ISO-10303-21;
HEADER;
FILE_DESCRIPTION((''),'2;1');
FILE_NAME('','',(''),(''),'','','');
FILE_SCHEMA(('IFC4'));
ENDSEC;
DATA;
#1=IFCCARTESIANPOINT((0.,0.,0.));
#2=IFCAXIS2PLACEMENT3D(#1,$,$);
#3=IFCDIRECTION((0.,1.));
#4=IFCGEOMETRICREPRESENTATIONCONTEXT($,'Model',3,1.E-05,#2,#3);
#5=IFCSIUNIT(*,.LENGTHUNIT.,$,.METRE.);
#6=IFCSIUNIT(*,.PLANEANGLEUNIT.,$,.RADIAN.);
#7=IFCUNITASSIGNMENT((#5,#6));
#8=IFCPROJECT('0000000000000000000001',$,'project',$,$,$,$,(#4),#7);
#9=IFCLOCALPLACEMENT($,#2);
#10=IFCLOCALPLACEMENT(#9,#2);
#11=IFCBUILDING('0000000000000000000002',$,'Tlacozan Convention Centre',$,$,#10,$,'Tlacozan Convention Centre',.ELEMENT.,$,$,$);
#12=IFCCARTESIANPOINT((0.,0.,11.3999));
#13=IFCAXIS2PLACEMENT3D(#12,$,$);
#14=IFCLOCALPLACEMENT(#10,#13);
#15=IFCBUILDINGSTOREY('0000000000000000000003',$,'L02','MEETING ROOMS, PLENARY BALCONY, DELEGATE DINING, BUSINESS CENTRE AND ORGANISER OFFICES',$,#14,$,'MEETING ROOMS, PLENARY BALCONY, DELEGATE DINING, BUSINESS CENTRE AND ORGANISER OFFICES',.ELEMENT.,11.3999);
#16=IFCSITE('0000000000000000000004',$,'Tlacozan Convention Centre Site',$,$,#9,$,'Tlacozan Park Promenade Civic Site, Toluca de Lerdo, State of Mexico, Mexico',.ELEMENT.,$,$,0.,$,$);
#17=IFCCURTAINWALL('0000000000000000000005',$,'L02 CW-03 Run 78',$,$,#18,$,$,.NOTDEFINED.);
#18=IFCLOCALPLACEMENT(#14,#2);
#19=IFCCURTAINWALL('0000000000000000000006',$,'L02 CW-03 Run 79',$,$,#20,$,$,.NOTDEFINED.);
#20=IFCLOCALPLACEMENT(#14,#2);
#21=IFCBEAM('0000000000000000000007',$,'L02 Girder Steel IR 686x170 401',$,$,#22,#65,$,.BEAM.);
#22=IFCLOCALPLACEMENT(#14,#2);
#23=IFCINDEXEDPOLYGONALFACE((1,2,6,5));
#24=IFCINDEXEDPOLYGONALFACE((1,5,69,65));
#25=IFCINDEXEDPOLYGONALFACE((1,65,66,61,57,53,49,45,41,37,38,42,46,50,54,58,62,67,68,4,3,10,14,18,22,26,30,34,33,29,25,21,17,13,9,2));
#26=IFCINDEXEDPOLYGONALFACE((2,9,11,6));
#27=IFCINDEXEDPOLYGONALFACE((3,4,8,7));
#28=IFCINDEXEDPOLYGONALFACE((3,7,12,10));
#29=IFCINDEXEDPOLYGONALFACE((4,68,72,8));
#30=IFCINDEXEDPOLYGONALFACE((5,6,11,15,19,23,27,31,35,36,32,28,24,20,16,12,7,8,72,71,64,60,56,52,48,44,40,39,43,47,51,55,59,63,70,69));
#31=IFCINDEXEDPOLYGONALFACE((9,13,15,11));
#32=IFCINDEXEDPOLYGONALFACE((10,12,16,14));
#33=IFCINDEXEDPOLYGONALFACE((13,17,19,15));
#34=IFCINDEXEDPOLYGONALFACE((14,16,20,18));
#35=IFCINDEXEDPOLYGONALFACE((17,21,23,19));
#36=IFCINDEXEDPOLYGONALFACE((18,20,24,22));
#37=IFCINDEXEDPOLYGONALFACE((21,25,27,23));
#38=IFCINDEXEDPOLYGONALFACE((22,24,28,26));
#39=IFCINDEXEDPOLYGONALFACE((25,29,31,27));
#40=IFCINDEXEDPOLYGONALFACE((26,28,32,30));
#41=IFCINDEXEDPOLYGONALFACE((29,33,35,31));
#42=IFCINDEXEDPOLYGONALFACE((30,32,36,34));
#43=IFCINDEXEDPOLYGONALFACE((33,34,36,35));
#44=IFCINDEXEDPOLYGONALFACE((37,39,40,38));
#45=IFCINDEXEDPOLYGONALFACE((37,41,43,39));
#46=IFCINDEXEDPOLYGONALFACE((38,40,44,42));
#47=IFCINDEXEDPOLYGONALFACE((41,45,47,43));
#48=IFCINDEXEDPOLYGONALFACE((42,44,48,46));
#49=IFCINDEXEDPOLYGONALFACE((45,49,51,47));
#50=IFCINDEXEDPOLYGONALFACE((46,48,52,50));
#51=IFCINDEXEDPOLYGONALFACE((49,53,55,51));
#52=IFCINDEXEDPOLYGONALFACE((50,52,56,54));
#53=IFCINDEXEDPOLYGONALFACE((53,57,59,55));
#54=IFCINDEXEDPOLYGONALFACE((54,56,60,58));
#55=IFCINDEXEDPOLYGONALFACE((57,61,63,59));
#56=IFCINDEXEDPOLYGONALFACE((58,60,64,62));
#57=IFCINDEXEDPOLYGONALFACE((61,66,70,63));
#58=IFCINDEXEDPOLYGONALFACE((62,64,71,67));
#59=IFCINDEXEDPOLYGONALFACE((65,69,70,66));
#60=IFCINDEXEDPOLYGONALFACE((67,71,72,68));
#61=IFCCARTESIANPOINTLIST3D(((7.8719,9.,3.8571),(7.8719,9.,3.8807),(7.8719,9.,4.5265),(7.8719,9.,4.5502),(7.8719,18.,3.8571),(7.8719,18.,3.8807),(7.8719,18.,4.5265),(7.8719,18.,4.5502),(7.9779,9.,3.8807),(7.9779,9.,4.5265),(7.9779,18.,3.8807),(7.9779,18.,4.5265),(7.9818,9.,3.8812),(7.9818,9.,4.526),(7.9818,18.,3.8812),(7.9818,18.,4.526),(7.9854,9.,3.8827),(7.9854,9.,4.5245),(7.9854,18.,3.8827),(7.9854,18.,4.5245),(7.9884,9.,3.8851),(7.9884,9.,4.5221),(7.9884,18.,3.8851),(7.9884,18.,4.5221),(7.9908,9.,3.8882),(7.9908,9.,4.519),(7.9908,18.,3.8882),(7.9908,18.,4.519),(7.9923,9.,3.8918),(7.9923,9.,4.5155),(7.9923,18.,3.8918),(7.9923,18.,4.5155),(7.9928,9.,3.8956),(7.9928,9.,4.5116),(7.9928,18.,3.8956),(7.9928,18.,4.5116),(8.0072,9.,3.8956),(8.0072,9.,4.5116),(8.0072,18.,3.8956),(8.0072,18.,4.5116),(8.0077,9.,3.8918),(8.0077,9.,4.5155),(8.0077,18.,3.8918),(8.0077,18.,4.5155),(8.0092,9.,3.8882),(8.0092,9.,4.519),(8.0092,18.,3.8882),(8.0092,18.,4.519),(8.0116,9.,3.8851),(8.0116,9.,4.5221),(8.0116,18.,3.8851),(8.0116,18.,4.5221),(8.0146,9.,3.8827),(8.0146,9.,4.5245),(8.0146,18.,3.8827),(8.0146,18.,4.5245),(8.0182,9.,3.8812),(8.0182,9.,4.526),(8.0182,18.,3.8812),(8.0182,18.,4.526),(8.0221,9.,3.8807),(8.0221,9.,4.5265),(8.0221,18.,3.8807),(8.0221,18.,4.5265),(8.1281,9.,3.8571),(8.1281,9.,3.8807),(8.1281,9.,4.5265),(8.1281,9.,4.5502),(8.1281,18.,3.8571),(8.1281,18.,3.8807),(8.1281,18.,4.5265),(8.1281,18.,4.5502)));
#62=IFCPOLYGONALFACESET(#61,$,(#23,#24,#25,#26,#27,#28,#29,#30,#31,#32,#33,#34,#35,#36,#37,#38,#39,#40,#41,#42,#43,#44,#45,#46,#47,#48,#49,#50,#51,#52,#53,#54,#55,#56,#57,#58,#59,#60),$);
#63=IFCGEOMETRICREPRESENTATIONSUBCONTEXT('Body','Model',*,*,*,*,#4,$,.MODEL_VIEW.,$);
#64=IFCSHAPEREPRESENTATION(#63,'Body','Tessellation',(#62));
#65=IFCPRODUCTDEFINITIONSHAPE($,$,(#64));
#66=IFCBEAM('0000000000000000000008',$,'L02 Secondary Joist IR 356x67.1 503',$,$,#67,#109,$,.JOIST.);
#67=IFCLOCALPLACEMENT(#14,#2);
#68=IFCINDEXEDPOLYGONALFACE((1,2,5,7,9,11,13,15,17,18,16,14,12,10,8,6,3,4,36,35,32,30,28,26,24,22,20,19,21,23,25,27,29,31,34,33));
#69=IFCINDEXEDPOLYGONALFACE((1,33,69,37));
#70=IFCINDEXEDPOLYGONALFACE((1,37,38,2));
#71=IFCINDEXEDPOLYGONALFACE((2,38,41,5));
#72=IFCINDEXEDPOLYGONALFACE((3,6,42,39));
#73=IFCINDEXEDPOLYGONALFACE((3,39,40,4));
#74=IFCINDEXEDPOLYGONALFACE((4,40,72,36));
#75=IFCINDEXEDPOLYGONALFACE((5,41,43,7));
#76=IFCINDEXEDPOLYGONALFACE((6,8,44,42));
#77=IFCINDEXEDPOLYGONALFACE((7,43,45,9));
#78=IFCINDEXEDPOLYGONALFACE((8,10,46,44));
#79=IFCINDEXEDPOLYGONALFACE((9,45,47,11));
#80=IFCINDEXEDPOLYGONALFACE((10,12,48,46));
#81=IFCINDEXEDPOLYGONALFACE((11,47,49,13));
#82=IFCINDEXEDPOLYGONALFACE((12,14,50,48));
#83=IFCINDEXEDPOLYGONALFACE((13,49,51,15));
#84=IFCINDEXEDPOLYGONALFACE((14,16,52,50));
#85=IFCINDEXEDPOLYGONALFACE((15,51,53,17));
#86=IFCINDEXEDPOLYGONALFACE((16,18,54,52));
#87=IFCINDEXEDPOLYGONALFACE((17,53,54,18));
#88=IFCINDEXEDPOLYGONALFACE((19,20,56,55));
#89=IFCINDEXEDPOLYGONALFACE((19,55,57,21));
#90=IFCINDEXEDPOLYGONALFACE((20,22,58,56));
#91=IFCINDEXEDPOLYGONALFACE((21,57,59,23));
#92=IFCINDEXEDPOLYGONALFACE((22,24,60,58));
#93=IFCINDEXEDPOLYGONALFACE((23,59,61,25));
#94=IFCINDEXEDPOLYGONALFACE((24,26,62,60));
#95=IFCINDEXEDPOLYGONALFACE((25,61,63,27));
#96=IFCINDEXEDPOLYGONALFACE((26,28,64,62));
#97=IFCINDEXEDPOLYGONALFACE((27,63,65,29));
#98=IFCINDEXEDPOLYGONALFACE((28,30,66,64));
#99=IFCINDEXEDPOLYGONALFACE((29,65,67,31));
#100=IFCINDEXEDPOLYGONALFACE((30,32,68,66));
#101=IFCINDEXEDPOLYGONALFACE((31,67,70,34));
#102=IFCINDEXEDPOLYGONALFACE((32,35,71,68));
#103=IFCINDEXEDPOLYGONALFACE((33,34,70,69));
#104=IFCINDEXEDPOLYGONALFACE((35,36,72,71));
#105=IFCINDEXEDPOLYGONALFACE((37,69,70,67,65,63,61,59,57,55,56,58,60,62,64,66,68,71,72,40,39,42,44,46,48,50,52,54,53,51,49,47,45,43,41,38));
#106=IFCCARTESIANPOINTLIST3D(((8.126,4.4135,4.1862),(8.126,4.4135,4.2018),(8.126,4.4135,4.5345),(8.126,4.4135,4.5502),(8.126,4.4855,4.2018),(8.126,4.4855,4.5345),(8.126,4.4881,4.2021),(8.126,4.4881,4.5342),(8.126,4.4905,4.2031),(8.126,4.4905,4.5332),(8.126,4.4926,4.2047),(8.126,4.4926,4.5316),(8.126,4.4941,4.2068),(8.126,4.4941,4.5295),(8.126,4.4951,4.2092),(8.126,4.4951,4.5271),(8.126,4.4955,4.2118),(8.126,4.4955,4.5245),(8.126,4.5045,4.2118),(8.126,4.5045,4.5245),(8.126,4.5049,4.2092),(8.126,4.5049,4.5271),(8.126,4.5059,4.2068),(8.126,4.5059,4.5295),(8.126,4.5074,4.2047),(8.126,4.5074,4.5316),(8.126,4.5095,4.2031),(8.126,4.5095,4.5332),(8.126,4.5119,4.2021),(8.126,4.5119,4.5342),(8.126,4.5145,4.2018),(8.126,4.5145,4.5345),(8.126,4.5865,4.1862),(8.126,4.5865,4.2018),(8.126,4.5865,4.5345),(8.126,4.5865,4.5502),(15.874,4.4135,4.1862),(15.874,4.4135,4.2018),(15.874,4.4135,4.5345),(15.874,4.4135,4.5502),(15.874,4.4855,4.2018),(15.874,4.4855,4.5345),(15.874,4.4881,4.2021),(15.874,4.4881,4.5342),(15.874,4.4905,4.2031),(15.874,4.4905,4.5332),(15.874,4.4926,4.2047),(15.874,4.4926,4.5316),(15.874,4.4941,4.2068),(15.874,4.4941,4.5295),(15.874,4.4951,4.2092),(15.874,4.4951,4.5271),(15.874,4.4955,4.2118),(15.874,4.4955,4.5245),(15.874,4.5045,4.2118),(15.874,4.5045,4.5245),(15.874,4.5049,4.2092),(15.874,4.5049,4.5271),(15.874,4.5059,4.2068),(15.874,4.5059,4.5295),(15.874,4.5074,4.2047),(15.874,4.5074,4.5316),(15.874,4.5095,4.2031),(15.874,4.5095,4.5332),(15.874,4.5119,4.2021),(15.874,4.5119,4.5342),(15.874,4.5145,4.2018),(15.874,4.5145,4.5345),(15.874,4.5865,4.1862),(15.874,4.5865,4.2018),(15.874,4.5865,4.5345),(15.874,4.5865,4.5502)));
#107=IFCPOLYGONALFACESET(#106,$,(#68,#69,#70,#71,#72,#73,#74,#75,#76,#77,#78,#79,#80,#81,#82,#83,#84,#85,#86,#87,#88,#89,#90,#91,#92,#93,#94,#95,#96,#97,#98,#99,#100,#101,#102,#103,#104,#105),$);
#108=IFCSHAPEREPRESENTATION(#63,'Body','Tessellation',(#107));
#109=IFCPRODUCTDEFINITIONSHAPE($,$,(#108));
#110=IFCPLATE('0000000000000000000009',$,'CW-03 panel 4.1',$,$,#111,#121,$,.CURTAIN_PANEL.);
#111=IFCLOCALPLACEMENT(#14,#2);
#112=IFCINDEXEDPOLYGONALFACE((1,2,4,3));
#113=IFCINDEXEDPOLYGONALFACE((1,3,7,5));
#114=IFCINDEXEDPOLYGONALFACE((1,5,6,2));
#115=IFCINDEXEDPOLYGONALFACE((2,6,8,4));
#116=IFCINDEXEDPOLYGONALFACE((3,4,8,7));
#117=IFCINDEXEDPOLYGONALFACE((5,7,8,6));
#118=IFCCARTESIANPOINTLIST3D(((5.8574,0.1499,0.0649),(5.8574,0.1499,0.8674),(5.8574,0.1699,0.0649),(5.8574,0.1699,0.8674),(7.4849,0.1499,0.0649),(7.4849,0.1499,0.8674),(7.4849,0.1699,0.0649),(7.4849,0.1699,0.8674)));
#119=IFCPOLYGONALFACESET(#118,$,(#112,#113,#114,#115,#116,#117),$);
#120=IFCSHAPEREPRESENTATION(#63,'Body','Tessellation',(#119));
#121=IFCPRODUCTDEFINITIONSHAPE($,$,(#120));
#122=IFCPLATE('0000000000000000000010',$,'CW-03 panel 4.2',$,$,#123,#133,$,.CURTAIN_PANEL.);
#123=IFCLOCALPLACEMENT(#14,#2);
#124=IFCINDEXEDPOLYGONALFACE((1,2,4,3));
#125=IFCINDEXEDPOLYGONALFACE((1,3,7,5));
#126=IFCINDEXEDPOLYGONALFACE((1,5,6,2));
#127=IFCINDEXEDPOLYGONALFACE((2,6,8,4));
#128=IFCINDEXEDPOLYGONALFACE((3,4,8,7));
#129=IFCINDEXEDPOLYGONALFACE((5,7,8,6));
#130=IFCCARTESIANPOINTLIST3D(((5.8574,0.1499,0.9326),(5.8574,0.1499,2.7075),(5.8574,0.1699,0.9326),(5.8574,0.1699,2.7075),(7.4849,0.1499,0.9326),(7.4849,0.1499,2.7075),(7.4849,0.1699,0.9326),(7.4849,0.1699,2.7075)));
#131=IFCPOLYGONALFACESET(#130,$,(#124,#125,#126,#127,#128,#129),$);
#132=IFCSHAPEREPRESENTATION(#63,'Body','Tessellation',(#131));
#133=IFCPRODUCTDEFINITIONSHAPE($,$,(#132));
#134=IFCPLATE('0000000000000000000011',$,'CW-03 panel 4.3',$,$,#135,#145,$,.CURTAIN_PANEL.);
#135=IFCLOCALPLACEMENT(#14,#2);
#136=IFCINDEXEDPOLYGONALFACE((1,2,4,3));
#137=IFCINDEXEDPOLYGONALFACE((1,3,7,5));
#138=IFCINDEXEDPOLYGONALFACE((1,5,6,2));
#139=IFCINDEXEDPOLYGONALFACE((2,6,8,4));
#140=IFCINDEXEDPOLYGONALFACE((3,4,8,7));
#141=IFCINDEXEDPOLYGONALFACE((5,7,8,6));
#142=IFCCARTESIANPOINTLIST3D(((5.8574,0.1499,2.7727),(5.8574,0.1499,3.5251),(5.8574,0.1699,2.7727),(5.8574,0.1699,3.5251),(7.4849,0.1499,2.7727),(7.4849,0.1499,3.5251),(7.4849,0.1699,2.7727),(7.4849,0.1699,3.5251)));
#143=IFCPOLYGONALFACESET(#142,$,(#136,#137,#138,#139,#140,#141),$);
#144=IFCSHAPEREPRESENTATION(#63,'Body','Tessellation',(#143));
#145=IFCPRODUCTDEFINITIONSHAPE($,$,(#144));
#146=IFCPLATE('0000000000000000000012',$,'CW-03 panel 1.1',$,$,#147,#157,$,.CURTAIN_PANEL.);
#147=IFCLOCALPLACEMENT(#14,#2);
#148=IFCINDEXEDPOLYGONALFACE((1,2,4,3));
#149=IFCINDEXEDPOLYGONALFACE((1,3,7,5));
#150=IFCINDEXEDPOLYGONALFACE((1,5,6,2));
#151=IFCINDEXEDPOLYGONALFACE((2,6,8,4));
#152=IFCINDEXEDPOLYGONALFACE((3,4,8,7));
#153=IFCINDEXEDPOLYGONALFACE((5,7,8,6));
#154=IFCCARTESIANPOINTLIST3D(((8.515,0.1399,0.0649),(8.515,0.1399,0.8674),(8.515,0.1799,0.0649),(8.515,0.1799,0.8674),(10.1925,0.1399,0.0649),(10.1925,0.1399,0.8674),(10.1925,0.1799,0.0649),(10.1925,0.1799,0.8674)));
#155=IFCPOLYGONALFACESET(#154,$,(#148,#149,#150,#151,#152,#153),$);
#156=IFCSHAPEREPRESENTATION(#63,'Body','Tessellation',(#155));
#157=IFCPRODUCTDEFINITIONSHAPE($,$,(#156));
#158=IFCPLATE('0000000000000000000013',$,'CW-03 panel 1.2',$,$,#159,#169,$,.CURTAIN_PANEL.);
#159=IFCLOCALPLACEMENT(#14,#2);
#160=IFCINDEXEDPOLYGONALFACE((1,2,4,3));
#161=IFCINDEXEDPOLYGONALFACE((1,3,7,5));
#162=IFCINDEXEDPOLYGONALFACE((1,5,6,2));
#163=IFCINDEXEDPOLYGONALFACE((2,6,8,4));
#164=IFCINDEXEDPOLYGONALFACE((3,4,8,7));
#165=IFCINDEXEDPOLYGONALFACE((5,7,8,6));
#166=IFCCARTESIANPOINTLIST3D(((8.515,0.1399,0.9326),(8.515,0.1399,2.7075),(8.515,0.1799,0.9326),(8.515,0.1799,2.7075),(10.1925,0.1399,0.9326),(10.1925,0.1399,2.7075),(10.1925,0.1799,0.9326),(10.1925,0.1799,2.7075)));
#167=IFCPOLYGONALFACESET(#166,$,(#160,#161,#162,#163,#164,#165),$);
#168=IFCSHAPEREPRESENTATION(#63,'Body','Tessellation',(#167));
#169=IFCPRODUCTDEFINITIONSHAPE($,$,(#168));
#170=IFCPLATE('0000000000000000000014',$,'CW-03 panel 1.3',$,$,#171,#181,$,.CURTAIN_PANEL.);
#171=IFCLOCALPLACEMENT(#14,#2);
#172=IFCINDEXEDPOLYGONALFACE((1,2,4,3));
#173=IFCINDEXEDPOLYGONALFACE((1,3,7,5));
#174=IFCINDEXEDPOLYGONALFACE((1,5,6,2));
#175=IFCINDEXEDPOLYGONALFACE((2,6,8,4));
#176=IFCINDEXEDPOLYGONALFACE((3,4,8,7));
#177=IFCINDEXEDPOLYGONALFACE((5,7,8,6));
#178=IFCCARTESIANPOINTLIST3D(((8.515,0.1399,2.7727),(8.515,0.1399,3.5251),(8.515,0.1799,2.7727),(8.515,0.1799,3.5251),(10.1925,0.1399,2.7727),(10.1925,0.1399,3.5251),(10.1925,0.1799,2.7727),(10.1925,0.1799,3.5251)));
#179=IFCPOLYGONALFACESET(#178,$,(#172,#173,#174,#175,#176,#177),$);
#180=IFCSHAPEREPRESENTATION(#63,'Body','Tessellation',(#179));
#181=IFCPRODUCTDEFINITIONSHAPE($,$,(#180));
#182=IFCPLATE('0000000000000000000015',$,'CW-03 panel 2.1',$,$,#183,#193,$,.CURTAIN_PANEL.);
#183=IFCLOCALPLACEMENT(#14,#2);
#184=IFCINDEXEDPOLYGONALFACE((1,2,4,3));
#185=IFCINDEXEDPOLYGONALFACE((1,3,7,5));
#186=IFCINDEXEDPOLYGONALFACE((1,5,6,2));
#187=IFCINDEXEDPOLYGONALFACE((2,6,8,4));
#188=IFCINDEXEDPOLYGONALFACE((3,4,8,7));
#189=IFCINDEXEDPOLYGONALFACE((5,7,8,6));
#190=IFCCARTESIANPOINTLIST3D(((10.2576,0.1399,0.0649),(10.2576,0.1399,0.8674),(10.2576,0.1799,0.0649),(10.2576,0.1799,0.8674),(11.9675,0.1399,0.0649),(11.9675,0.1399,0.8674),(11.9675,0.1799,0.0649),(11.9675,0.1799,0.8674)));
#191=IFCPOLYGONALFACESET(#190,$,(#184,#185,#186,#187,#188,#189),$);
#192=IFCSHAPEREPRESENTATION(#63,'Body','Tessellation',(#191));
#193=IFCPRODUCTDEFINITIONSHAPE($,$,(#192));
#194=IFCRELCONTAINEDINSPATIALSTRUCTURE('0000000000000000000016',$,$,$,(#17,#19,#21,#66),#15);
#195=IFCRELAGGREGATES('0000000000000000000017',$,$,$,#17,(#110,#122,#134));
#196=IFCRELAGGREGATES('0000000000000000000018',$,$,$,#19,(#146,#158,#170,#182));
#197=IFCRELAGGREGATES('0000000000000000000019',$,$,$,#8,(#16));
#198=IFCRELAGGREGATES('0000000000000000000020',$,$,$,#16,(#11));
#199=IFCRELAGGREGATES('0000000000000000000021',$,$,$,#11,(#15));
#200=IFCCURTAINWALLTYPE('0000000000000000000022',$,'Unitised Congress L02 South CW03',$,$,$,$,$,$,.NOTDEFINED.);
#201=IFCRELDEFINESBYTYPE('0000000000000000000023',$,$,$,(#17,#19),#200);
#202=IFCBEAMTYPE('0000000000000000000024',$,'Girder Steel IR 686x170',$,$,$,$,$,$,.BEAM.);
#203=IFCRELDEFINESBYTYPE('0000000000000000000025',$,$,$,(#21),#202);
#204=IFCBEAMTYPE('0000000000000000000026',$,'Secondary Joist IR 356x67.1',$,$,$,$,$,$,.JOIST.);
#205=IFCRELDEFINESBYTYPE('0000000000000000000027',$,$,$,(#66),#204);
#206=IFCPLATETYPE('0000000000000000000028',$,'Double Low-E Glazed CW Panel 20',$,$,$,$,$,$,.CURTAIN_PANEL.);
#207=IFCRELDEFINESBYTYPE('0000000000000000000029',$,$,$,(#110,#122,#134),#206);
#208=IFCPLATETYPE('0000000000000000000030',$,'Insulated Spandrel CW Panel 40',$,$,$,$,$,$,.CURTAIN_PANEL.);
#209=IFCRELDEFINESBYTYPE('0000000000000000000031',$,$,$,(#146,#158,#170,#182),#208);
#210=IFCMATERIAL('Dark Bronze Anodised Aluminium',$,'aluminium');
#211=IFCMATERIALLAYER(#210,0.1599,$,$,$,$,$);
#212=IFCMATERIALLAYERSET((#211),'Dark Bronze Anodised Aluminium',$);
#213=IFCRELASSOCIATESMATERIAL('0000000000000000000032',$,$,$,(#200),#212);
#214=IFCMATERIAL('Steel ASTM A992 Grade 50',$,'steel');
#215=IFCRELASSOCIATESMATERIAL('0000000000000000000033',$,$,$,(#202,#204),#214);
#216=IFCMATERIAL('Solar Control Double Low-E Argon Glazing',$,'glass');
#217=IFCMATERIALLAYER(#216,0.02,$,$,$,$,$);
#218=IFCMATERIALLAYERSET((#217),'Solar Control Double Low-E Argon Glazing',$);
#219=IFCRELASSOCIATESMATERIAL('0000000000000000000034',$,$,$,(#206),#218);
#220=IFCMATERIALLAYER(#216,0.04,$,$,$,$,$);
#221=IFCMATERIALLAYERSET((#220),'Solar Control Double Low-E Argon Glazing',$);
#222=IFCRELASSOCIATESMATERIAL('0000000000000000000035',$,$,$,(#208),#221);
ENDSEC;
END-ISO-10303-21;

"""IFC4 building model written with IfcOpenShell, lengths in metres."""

from ifc_helpers import new_model, si_unit, direction, frame, origin, origin_2d, place, context, subcontext, project, spatial, rectangle, i_section, extrude, material, layer, layer_set, material_profile, profile_set, type_object, element, aggregate, save


model = new_model("IFC4")

# Units and contexts
model_context = context("Model", 3, precision=1e-05, world=origin(), true_north=direction((0.0, 1.0)))
body_context = subcontext(model_context, "Body", "Model", "MODEL_VIEW")
ifc_project = project(units=[si_unit("LENGTHUNIT", "METRE"), si_unit("PLANEANGLEUNIT", "RADIAN")], contexts=[model_context])

# Site, building, storey
site_placement = place(None, origin())
site = spatial("IfcSite", under=ifc_project, at=site_placement, Name="Tlacozan Convention Centre Site", LongName="Tlacozan Park Promenade Civic Site, Toluca de Lerdo, State of Mexico, Mexico", CompositionType="ELEMENT", RefElevation=0.0)
building_placement = place(site_placement, origin())
building = spatial("IfcBuilding", under=site, at=building_placement, Name="Tlacozan Convention Centre", LongName="Tlacozan Convention Centre", CompositionType="ELEMENT")
storey_placement = place(building_placement, frame((0.0, 0.0, 11.3999)))
storey = spatial("IfcBuildingStorey", under=building, at=storey_placement, Name="L02", Description="MEETING ROOMS, PLENARY BALCONY, DELEGATE DINING, BUSINESS CENTRE AND ORGANISER OFFICES", LongName="MEETING ROOMS, PLENARY BALCONY, DELEGATE DINING, BUSINESS CENTRE AND ORGANISER OFFICES", CompositionType="ELEMENT", Elevation=11.3999)

# Shared definitions
ifc_material_1 = material(Name="Steel ASTM A992 Grade 50", Category="steel")

# Curtain wall
ifc_material_2 = material(Name="Dark Bronze Anodised Aluminium", Category="aluminium")
ifc_layer_1 = layer(ifc_material_2, 0.1599)
ifc_layer_set_1 = layer_set([ifc_layer_1], Name="Dark Bronze Anodised Aluminium")
curtain_wall_type = type_object("IfcCurtainWallType", Name="Unitised Congress L02 South CW03", PredefinedType="NOTDEFINED", material=ifc_layer_set_1)
curtain_wall_1_placement = place(storey_placement, origin())
curtain_wall_1 = element("IfcCurtainWall", 1, at=curtain_wall_1_placement, inside=storey, type_object=curtain_wall_type, Name="L02 CW-03 Run 78", PredefinedType="NOTDEFINED")

# Curtain wall
curtain_wall_2_placement = place(storey_placement, origin())
curtain_wall_2 = element("IfcCurtainWall", 2, at=curtain_wall_2_placement, inside=storey, type_object=curtain_wall_type, Name="L02 CW-03 Run 79", PredefinedType="NOTDEFINED")

# Beams
ifc_material_profile_1 = material_profile(ifc_material_1, i_section(OverallWidth=0.2561, OverallDepth=0.6931, WebThickness=0.0144, FlangeThickness=0.0237, FilletRadius=0.0149, at=origin_2d()), Name="IR 686x170.0")
ifc_profile_set_1 = profile_set([ifc_material_profile_1], Name="Steel ASTM A992 Grade 50")
beam_type_1 = type_object("IfcBeamType", Name="Girder Steel IR 686x170", PredefinedType="BEAM", material=ifc_profile_set_1)
for number, where, z_axis, x_axis, name in (
    (3, (8.0, 9.0, 4.2036), (0.0, 1.0, 0.0), (-1.0, 0.0, 0.0), "L02 Girder Steel IR 686x170 401"),
):
    element("IfcBeam", number, at=place(storey_placement, frame(where, z_axis=z_axis, x_axis=x_axis)), inside=storey, type_object=beam_type_1, Name=name, PredefinedType="BEAM", context=body_context, shape_type="SweptSolid", body=[
        extrude(i_section(OverallWidth=0.2561, OverallDepth=0.6931, WebThickness=0.0144, FlangeThickness=0.0237, FilletRadius=0.0149, at=origin_2d()), origin(), (0.0, 0.0, 1.0), 9.0),
    ])
ifc_material_profile_2 = material_profile(ifc_material_1, i_section(OverallWidth=0.1731, OverallDepth=0.364, WebThickness=0.009, FlangeThickness=0.0156, FilletRadius=0.01, at=origin_2d()), Name="IR 356x67.1")
ifc_profile_set_2 = profile_set([ifc_material_profile_2], Name="Steel ASTM A992 Grade 50")
beam_type_2 = type_object("IfcBeamType", Name="Secondary Joist IR 356x67.1", PredefinedType="JOIST", material=ifc_profile_set_2)
beam_placement = place(storey_placement, frame((8.126, 4.5, 4.3682), z_axis=(1.0, 0.0, 0.0), x_axis=(0.0, 1.0, 0.0)))
element("IfcBeam", 4, at=beam_placement, inside=storey, type_object=beam_type_2, Name="L02 Secondary Joist IR 356x67.1 503", PredefinedType="JOIST", context=body_context, shape_type="SweptSolid", body=[
    extrude(i_section(OverallWidth=0.1731, OverallDepth=0.364, WebThickness=0.009, FlangeThickness=0.0156, FilletRadius=0.01, at=origin_2d()), origin(), (0.0, 0.0, 1.0), 7.748),
])

# Plates
ifc_material_3 = material(Name="Solar Control Double Low-E Argon Glazing", Category="glass")
ifc_layer_2 = layer(ifc_material_3, 0.02)
ifc_layer_set_2 = layer_set([ifc_layer_2], Name="Solar Control Double Low-E Argon Glazing")
plate_type_1 = type_object("IfcPlateType", Name="Double Low-E Glazed CW Panel 20", PredefinedType="CURTAIN_PANEL", material=ifc_layer_set_2)
plate_1_placement = place(storey_placement, frame((6.6711, 0.1599, 0.0649), z_axis=(0.0, 0.0, 1.0), x_axis=(1.0, 0.0, 0.0)))
plate_1 = element("IfcPlate", 5, at=plate_1_placement, type_object=plate_type_1, Name="CW-03 panel 4.1", PredefinedType="CURTAIN_PANEL", context=body_context, shape_type="SweptSolid", body=[
    extrude(rectangle(XDim=1.6274, YDim=0.02, at=origin_2d()), origin(), (0.0, 0.0, 1.0), 0.8025),
])
plate_2_placement = place(storey_placement, frame((6.6711, 0.1599, 0.9326), z_axis=(0.0, 0.0, 1.0), x_axis=(1.0, 0.0, 0.0)))
plate_2 = element("IfcPlate", 6, at=plate_2_placement, type_object=plate_type_1, Name="CW-03 panel 4.2", PredefinedType="CURTAIN_PANEL", context=body_context, shape_type="SweptSolid", body=[
    extrude(rectangle(XDim=1.6274, YDim=0.02, at=origin_2d()), origin(), (0.0, 0.0, 1.0), 1.7749),
])
plate_3_placement = place(storey_placement, frame((6.6711, 0.1599, 2.7727), z_axis=(0.0, 0.0, 1.0), x_axis=(1.0, 0.0, 0.0)))
plate_3 = element("IfcPlate", 7, at=plate_3_placement, type_object=plate_type_1, Name="CW-03 panel 4.3", PredefinedType="CURTAIN_PANEL", context=body_context, shape_type="SweptSolid", body=[
    extrude(rectangle(XDim=1.6274, YDim=0.02, at=origin_2d()), origin(), (0.0, 0.0, 1.0), 0.7524),
])
aggregate(curtain_wall_1, [plate_1, plate_2, plate_3])
ifc_layer_3 = layer(ifc_material_3, 0.04)
ifc_layer_set_3 = layer_set([ifc_layer_3], Name="Solar Control Double Low-E Argon Glazing")
plate_type_2 = type_object("IfcPlateType", Name="Insulated Spandrel CW Panel 40", PredefinedType="CURTAIN_PANEL", material=ifc_layer_set_3)
plate_4_placement = place(storey_placement, frame((9.3538, 0.1599, 0.0649), z_axis=(0.0, 0.0, 1.0), x_axis=(1.0, 0.0, 0.0)))
plate_4 = element("IfcPlate", 8, at=plate_4_placement, type_object=plate_type_2, Name="CW-03 panel 1.1", PredefinedType="CURTAIN_PANEL", context=body_context, shape_type="SweptSolid", body=[
    extrude(rectangle(XDim=1.6775, YDim=0.04, at=origin_2d()), origin(), (0.0, 0.0, 1.0), 0.8025),
])
plate_5_placement = place(storey_placement, frame((9.3538, 0.1599, 0.9326), z_axis=(0.0, 0.0, 1.0), x_axis=(1.0, 0.0, 0.0)))
plate_5 = element("IfcPlate", 9, at=plate_5_placement, type_object=plate_type_2, Name="CW-03 panel 1.2", PredefinedType="CURTAIN_PANEL", context=body_context, shape_type="SweptSolid", body=[
    extrude(rectangle(XDim=1.6775, YDim=0.04, at=origin_2d()), origin(), (0.0, 0.0, 1.0), 1.7749),
])
plate_6_placement = place(storey_placement, frame((9.3538, 0.1599, 2.7727), z_axis=(0.0, 0.0, 1.0), x_axis=(1.0, 0.0, 0.0)))
plate_6 = element("IfcPlate", 10, at=plate_6_placement, type_object=plate_type_2, Name="CW-03 panel 1.3", PredefinedType="CURTAIN_PANEL", context=body_context, shape_type="SweptSolid", body=[
    extrude(rectangle(XDim=1.6775, YDim=0.04, at=origin_2d()), origin(), (0.0, 0.0, 1.0), 0.7524),
])
plate_7_placement = place(storey_placement, frame((11.1125, 0.1599, 0.0649), z_axis=(0.0, 0.0, 1.0), x_axis=(1.0, 0.0, 0.0)))
plate_7 = element("IfcPlate", 11, at=plate_7_placement, type_object=plate_type_2, Name="CW-03 panel 2.1", PredefinedType="CURTAIN_PANEL", context=body_context, shape_type="SweptSolid", body=[
    extrude(rectangle(XDim=1.71, YDim=0.04, at=origin_2d()), origin(), (0.0, 0.0, 1.0), 0.8025),
])
aggregate(curtain_wall_2, [plate_4, plate_5, plate_6, plate_7])

save(model, "model.ifc")
